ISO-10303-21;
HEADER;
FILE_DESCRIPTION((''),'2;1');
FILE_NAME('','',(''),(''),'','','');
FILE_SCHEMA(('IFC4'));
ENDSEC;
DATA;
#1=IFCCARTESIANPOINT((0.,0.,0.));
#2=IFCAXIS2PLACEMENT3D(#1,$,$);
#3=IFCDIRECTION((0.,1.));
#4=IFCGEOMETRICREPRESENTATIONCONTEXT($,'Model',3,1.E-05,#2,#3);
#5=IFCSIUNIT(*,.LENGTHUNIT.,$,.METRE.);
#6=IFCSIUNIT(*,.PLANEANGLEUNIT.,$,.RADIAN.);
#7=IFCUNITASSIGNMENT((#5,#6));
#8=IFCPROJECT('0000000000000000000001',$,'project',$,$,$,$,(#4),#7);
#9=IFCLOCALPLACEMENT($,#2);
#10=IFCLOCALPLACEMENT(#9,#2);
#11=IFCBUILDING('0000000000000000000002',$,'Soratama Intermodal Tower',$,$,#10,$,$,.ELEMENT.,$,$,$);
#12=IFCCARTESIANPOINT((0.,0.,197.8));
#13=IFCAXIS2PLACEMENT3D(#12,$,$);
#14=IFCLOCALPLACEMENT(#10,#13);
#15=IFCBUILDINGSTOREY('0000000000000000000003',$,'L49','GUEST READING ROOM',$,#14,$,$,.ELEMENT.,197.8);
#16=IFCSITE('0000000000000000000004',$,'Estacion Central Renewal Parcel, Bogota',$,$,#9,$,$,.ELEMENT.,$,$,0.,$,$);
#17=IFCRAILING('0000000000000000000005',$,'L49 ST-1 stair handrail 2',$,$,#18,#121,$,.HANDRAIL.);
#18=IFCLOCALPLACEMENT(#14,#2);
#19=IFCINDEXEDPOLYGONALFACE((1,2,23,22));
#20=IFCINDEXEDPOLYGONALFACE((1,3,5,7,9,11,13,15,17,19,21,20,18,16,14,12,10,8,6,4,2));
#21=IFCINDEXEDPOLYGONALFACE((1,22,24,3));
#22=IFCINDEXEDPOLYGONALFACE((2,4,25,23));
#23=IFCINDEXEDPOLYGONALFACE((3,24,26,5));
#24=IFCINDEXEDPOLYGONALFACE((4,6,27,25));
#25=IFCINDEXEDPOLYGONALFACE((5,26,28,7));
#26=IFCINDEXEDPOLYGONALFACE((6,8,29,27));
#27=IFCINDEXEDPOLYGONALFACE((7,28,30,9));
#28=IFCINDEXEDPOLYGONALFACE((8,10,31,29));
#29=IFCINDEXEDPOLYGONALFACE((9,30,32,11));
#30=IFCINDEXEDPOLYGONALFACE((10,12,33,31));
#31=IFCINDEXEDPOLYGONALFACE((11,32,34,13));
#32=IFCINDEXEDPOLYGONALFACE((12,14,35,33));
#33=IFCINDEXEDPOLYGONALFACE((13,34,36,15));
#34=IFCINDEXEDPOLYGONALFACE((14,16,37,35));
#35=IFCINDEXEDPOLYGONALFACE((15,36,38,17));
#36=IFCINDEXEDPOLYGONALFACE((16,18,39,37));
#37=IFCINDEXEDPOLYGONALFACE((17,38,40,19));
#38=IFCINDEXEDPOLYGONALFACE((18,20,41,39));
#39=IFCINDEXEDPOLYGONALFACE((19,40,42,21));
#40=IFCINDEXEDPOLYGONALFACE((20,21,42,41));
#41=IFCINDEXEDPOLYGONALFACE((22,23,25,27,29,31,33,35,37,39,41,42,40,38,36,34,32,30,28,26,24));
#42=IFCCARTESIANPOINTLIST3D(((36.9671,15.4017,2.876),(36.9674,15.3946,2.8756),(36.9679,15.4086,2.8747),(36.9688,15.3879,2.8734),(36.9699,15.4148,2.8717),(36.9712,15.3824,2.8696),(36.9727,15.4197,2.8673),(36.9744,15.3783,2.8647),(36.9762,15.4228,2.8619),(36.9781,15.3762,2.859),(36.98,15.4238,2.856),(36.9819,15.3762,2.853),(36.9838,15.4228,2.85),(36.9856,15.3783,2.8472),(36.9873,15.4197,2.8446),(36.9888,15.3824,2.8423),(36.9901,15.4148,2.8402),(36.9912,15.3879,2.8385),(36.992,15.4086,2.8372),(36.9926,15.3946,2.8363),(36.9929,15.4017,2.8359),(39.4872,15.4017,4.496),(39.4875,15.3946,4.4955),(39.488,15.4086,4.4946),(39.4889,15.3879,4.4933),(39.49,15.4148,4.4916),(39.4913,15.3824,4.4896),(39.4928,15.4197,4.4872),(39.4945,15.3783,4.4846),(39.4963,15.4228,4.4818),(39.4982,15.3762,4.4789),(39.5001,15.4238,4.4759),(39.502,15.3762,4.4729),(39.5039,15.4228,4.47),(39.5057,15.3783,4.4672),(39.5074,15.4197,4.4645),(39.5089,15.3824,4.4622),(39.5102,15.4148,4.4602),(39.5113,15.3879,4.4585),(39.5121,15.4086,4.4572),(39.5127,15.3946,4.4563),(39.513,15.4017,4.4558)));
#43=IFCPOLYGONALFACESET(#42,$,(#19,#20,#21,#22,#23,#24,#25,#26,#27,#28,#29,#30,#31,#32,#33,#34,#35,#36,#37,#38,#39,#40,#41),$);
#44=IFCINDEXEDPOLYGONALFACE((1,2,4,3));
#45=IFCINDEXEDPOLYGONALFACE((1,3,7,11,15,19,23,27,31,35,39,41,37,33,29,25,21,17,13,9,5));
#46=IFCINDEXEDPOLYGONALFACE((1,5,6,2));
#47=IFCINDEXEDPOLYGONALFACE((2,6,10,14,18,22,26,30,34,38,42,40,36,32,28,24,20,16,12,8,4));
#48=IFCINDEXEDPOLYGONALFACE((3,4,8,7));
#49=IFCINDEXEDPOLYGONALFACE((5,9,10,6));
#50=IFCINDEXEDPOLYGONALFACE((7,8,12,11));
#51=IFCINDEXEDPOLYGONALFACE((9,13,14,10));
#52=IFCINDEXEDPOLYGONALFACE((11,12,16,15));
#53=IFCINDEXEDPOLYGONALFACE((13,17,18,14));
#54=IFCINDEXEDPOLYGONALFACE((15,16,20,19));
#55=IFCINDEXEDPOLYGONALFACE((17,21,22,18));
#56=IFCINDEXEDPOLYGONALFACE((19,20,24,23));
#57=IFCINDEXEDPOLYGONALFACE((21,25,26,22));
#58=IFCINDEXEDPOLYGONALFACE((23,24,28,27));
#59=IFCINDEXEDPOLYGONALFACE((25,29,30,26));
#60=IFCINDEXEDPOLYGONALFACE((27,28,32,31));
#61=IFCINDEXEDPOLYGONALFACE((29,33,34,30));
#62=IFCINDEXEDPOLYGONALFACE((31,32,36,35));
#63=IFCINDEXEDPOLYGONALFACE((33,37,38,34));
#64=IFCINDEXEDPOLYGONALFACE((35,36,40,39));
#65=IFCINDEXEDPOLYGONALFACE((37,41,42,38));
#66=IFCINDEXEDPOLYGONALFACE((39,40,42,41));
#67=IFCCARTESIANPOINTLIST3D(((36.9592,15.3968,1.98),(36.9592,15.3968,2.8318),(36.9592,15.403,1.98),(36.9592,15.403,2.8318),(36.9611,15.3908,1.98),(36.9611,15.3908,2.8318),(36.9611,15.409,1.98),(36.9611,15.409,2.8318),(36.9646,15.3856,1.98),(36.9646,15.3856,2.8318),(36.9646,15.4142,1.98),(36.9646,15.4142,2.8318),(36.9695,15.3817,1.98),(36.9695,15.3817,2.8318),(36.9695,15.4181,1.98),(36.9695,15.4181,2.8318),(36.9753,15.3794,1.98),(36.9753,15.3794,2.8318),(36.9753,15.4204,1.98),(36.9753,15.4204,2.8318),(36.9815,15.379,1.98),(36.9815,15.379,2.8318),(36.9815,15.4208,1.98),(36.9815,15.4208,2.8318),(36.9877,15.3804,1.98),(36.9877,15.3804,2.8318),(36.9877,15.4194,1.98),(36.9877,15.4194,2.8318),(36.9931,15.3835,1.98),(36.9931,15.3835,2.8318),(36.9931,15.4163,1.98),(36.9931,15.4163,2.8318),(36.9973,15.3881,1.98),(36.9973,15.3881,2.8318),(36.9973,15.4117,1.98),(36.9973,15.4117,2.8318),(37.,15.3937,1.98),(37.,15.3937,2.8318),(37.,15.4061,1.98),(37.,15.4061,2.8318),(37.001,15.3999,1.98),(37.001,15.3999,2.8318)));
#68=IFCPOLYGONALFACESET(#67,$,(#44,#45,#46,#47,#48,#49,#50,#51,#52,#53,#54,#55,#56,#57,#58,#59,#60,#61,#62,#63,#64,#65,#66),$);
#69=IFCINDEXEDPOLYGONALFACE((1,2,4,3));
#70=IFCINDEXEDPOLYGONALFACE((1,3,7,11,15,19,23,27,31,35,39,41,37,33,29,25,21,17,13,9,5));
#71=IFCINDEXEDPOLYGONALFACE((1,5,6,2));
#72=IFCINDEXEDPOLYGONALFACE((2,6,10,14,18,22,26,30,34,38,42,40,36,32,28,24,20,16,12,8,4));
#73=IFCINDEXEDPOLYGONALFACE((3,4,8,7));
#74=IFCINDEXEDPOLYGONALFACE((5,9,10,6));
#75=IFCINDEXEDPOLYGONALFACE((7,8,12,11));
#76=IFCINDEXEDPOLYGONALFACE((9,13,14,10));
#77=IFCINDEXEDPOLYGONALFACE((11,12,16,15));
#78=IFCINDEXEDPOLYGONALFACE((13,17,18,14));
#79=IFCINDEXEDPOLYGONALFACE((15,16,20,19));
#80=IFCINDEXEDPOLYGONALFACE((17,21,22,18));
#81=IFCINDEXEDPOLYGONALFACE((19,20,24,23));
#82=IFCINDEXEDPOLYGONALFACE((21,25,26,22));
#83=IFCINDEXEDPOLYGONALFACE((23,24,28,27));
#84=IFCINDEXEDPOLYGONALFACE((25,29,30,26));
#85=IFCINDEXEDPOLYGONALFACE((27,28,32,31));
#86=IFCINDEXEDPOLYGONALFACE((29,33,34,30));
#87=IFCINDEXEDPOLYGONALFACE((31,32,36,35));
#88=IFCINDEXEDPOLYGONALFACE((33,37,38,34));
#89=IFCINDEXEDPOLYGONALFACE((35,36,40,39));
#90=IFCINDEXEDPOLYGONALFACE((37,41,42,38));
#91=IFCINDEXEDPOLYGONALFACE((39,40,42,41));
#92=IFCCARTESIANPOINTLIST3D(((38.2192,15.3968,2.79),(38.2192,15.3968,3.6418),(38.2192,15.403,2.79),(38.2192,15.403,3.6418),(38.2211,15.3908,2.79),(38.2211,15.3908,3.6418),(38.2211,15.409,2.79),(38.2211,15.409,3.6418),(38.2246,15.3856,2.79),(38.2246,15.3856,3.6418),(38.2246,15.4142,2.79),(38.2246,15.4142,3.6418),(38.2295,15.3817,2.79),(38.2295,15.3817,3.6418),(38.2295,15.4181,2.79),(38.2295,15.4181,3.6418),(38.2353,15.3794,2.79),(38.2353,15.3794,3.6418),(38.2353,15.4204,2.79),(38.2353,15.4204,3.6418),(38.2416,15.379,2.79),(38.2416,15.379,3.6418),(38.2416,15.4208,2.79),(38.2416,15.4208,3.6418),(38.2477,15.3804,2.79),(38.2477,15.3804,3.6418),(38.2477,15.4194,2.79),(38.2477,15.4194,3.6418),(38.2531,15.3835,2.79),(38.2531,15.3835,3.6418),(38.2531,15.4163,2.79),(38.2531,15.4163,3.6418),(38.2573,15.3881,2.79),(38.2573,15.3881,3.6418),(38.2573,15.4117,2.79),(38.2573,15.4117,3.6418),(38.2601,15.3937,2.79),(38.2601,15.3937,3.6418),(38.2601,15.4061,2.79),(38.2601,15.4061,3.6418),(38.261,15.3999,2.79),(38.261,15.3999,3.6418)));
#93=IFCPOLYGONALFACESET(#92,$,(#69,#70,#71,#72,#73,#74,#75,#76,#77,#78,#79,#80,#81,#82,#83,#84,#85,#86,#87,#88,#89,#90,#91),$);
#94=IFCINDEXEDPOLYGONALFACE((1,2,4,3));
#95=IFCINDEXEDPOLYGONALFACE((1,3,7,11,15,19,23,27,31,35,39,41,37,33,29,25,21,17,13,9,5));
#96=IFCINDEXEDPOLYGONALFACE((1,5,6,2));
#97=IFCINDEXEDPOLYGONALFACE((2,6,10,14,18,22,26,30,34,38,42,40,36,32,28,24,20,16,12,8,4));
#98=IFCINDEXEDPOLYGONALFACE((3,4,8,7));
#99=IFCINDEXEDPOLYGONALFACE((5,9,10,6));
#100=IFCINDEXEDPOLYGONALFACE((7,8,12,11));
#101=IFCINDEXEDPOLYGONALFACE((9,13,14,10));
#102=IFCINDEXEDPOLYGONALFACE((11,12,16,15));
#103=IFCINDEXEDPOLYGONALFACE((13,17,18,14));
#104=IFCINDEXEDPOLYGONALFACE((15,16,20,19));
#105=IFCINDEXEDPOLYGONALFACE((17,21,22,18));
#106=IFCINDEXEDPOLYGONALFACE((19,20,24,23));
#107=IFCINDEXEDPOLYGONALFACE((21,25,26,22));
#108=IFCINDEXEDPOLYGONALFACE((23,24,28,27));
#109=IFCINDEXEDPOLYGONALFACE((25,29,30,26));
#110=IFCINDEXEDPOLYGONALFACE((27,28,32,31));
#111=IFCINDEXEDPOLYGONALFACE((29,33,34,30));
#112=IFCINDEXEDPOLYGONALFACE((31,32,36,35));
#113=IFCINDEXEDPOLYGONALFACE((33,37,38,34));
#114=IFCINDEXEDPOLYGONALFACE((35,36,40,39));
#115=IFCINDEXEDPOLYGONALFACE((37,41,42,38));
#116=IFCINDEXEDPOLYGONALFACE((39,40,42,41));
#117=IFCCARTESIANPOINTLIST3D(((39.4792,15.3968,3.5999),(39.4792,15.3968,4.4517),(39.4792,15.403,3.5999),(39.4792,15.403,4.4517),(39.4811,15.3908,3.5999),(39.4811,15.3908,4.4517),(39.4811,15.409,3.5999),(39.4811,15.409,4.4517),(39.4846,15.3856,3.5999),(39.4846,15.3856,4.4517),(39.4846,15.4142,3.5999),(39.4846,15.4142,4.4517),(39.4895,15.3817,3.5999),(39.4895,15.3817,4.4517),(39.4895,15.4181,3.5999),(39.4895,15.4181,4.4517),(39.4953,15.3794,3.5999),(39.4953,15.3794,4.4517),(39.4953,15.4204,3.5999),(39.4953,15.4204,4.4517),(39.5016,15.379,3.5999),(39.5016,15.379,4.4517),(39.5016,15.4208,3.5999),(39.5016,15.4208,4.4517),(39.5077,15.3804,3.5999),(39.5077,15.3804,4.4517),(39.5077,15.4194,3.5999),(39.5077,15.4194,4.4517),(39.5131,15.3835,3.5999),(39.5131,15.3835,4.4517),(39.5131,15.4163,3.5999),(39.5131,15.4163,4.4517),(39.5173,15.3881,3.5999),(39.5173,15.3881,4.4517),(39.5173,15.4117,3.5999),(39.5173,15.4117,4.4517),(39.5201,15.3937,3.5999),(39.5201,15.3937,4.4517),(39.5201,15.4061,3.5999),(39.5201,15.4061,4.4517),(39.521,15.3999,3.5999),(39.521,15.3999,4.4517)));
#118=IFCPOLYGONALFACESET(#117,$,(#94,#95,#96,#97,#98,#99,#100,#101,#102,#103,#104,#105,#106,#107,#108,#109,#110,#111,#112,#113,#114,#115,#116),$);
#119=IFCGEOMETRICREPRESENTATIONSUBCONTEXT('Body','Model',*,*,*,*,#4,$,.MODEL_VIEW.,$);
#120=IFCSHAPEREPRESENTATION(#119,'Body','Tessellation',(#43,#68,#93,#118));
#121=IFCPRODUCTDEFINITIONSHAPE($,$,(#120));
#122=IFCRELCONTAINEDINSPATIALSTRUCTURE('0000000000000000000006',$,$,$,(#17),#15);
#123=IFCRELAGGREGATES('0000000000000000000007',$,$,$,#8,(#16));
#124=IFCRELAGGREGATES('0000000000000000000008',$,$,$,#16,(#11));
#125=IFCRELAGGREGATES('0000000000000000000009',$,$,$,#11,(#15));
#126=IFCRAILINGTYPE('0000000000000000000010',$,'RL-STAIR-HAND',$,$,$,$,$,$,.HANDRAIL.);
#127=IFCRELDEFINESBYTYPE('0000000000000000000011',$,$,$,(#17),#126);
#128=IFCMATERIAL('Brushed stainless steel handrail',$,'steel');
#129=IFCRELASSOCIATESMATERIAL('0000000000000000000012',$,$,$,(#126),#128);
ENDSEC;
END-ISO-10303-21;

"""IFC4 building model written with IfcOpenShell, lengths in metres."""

from ifc_helpers import new_model, si_unit, direction, frame, origin, origin_2d, place, context, subcontext, project, spatial, circle, extrude, material, type_object, element, save


model = new_model("IFC4")

# Units and contexts
model_context = context("Model", 3, precision=1e-05, world=origin(), true_north=direction((0.0, 1.0)))
body_context = subcontext(model_context, "Body", "Model", "MODEL_VIEW")
ifc_project = project(units=[si_unit("LENGTHUNIT", "METRE"), si_unit("PLANEANGLEUNIT", "RADIAN")], contexts=[model_context])

# Site, building, storey
site_placement = place(None, origin())
site = spatial("IfcSite", under=ifc_project, at=site_placement, Name="Estacion Central Renewal Parcel, Bogota", CompositionType="ELEMENT", RefElevation=0.0)
building_placement = place(site_placement, origin())
building = spatial("IfcBuilding", under=site, at=building_placement, Name="Soratama Intermodal Tower", CompositionType="ELEMENT")
storey_placement = place(building_placement, frame((0.0, 0.0, 197.8)))
storey = spatial("IfcBuildingStorey", under=building, at=storey_placement, Name="L49", Description="GUEST READING ROOM", CompositionType="ELEMENT", Elevation=197.8)

# Railing
ifc_material_1 = material(Name="Brushed stainless steel handrail", Category="steel")
railing_type_1 = type_object("IfcRailingType", Name="RL-STAIR-HAND", PredefinedType="HANDRAIL", material=ifc_material_1)
railing_1_placement = place(storey_placement, frame((36.98, 15.3999, 1.98)))
element("IfcRailing", 1, at=railing_1_placement, inside=storey, type_object=railing_type_1, Name="L49 ST-1 stair handrail 2", PredefinedType="HANDRAIL", context=body_context, shape_type="SweptSolid", body=[
    extrude(circle(Radius=0.0239, at=origin_2d()), frame((0.0, 0.0, 0.876), z_axis=(0.8412, 0.0, 0.540725), x_axis=(0.0, 1.0, 0.0)), (0.0, 0.0, 1.0), 2.9958),
    extrude(circle(Radius=0.021, at=origin_2d()), origin(), (0.0, 0.0, 1.0), 0.8518),
    extrude(circle(Radius=0.021, at=origin_2d()), frame((1.26, 0.0, 0.8101)), (0.0, 0.0, 1.0), 0.8518),
    extrude(circle(Radius=0.021, at=origin_2d()), frame((2.52, 0.0, 1.6199)), (0.0, 0.0, 1.0), 0.8518),
])

save(model, "model.ifc")
